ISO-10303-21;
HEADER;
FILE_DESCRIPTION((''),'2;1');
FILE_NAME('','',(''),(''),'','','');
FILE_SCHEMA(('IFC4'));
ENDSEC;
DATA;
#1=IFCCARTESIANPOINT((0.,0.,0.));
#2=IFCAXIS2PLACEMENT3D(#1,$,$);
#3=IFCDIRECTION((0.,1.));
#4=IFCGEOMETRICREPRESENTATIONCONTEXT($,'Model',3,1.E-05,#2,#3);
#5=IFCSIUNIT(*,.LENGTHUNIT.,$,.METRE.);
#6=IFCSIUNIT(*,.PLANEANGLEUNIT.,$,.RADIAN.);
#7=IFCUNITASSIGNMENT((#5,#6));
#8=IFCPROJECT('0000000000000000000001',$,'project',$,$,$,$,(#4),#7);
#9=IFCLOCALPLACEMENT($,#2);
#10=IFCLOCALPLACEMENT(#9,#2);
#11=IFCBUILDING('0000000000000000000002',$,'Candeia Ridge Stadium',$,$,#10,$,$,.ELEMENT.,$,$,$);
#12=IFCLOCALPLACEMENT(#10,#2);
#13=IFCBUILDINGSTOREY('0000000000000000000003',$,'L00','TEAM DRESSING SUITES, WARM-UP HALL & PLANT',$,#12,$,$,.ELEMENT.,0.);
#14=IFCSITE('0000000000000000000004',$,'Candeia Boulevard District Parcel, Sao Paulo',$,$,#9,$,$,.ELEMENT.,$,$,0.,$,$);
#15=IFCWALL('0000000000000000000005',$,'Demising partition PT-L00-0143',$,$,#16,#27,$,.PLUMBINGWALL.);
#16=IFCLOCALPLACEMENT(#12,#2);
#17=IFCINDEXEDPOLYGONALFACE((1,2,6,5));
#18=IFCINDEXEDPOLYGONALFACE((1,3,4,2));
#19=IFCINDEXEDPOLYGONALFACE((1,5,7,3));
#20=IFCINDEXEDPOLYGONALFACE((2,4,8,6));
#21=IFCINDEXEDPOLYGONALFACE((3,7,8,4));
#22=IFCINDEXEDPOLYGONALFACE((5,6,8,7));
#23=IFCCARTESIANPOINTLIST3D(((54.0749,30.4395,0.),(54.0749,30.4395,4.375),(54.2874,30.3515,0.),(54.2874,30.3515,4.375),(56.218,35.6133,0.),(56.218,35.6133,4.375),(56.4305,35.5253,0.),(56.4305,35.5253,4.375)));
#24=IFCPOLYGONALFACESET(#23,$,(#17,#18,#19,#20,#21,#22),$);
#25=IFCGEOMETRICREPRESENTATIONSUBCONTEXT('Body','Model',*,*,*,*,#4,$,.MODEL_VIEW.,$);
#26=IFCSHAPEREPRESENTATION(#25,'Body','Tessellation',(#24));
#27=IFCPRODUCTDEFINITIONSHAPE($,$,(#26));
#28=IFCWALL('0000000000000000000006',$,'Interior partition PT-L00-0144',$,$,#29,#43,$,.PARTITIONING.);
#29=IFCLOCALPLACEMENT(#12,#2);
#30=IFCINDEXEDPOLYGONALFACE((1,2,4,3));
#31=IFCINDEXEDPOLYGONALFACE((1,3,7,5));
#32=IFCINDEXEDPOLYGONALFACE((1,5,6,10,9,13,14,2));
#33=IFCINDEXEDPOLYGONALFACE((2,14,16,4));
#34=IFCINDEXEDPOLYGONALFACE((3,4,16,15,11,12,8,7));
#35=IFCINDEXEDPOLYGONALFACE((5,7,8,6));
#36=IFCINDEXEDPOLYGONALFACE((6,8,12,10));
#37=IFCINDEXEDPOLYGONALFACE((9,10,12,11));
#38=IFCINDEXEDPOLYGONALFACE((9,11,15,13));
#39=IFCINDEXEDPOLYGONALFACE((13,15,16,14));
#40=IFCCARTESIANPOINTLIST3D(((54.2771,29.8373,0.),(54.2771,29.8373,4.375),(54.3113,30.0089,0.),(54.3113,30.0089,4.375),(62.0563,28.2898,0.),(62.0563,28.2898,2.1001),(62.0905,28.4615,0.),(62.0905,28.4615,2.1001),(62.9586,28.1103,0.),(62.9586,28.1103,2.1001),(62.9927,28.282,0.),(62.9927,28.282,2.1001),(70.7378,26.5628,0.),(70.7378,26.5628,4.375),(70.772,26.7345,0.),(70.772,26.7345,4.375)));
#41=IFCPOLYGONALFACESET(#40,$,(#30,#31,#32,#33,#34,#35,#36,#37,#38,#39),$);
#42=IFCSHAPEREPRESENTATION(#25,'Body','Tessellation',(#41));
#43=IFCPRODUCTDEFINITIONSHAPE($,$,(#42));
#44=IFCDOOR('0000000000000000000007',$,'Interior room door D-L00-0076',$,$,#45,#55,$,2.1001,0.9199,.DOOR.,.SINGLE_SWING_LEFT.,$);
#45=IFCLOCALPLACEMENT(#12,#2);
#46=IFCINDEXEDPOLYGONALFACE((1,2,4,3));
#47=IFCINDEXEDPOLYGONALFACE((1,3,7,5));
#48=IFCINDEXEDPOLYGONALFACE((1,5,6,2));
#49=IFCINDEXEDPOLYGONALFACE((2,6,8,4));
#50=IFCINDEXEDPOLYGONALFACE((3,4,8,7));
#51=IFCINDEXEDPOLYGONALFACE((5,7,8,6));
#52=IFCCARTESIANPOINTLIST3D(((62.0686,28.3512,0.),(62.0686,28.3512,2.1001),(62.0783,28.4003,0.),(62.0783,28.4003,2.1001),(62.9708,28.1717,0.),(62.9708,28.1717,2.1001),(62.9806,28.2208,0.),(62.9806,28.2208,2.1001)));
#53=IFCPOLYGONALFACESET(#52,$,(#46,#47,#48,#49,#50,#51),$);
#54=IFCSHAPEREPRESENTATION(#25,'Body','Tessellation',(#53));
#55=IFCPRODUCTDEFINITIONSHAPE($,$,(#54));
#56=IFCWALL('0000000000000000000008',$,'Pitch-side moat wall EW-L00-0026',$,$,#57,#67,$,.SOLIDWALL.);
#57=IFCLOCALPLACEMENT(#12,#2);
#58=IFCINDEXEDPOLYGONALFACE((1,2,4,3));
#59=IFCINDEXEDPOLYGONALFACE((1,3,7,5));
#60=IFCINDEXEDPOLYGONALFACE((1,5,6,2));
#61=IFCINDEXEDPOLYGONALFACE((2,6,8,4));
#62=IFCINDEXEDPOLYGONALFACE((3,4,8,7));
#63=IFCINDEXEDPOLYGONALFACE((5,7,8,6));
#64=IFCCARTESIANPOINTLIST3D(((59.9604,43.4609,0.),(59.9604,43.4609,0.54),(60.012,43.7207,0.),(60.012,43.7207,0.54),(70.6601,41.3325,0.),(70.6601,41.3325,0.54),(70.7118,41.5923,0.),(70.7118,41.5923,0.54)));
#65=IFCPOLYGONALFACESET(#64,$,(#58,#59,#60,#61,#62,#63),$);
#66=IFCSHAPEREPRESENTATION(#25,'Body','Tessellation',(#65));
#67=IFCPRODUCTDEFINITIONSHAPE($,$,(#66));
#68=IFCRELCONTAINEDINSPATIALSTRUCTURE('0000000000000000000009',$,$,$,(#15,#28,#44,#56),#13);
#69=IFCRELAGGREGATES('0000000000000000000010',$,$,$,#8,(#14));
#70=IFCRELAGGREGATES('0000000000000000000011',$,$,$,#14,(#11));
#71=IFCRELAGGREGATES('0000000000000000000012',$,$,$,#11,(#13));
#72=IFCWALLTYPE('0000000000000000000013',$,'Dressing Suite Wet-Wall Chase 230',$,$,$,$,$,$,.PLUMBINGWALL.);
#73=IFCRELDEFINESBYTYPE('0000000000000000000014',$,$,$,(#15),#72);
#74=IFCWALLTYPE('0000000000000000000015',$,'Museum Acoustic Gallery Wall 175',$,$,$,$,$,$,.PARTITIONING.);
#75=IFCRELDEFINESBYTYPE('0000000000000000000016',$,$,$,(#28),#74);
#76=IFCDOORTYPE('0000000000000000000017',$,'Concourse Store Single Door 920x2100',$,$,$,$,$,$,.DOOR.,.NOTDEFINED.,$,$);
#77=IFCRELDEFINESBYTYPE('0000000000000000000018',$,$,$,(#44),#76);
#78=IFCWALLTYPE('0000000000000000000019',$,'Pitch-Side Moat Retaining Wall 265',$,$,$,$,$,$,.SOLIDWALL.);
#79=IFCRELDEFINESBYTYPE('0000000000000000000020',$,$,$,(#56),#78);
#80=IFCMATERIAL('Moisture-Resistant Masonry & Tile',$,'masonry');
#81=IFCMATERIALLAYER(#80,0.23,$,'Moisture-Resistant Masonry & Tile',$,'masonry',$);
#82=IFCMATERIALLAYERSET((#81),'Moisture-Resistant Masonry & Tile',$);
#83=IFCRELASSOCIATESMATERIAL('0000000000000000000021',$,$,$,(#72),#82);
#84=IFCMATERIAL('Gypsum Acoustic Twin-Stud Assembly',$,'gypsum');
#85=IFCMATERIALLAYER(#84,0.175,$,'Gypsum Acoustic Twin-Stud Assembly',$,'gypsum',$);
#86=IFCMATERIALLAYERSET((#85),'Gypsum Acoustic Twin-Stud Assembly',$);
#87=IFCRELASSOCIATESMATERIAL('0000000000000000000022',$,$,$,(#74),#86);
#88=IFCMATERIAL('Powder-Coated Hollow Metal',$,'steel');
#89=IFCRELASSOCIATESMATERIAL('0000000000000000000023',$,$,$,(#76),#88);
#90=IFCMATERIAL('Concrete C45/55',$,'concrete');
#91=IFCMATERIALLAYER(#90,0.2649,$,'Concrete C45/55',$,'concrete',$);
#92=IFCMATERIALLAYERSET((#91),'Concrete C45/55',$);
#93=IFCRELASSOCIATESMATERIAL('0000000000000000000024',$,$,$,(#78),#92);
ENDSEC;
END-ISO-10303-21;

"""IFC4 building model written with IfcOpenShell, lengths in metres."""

from ifc_helpers import new_model, si_unit, direction, frame, frame_2d, origin, place, context, subcontext, project, spatial, rectangle, extrude, material, layer, layer_set, type_object, element, fill, save


model = new_model("IFC4")

# Units and contexts
model_context = context("Model", 3, precision=1e-05, world=origin(), true_north=direction((0.0, 1.0)))
body_context = subcontext(model_context, "Body", "Model", "MODEL_VIEW")
ifc_project = project(units=[si_unit("LENGTHUNIT", "METRE"), si_unit("PLANEANGLEUNIT", "RADIAN")], contexts=[model_context])

# Site, building, storey
site_placement = place(None, origin())
site = spatial("IfcSite", under=ifc_project, at=site_placement, Name="Candeia Boulevard District Parcel, Sao Paulo", CompositionType="ELEMENT", RefElevation=0.0)
building_placement = place(site_placement, origin())
building = spatial("IfcBuilding", under=site, at=building_placement, Name="Candeia Ridge Stadium", CompositionType="ELEMENT")
storey_placement = place(building_placement, origin())
storey = spatial("IfcBuildingStorey", under=building, at=storey_placement, Name="L00", Description="TEAM DRESSING SUITES, WARM-UP HALL & PLANT", CompositionType="ELEMENT", Elevation=0.0)

# Shared definitions
ifc_material_1 = material(Name="Concrete C45/55", Category="concrete")

# Wall
ifc_material_2 = material(Name="Gypsum Acoustic Twin-Stud Assembly", Category="gypsum")
ifc_material_3 = material(Name="Moisture-Resistant Masonry & Tile", Category="masonry")
ifc_layer_1 = layer(ifc_material_3, 0.23, Name="Moisture-Resistant Masonry & Tile", Category="masonry")
ifc_layer_set_1 = layer_set([ifc_layer_1], Name="Moisture-Resistant Masonry & Tile")
wall_type_1 = type_object("IfcWallType", Name="Dressing Suite Wet-Wall Chase 230", PredefinedType="PLUMBINGWALL", material=ifc_layer_set_1)
wall_1_placement = place(storey_placement, frame((56.3242, 35.5693, 0.0), z_axis=(0.0, 0.0, 1.0), x_axis=(-0.382683, -0.92388, 0.0)))
element("IfcWall", 1, at=wall_1_placement, inside=storey, type_object=wall_type_1, Name="Demising partition PT-L00-0143", PredefinedType="PLUMBINGWALL", context=body_context, shape_type="SweptSolid", body=[
    extrude(rectangle(XDim=5.6001, YDim=0.23, at=frame_2d((2.8, 0.0))), origin(), (0.0, 0.0, 1.0), 4.375),
])

# Wall, opening, door
ifc_layer_2 = layer(ifc_material_2, 0.175, Name="Gypsum Acoustic Twin-Stud Assembly", Category="gypsum")
ifc_layer_set_2 = layer_set([ifc_layer_2], Name="Gypsum Acoustic Twin-Stud Assembly")
wall_type_2 = type_object("IfcWallType", Name="Museum Acoustic Gallery Wall 175", PredefinedType="PARTITIONING", material=ifc_layer_set_2)
wall_2_placement = place(storey_placement, frame((70.7549, 26.6487, 0.0), z_axis=(0.0, 0.0, 1.0), x_axis=(-0.980783, 0.195101, 0.0)))
wall_2 = element("IfcWall", 2, at=wall_2_placement, inside=storey, type_object=wall_type_2, Name="Interior partition PT-L00-0144", PredefinedType="PARTITIONING", context=body_context, shape_type="SweptSolid", body=[
    extrude(rectangle(XDim=16.7832, YDim=0.175, at=frame_2d((8.3916, 0.0))), origin(), (0.0, 0.0, 1.0), 4.375),
])
opening_placement = place(wall_2_placement, frame((7.9316, 0.0, 0.0)))
opening = element("IfcOpeningElement", 3, at=opening_placement, cuts=wall_2, PredefinedType="OPENING", context=body_context, shape_type="SweptSolid", body=[
    extrude(rectangle(XDim=0.9199, YDim=2.1001, at=frame_2d((0.46, 1.05))), frame((0.0, 0.0974, 0.0), z_axis=(0.0, -1.0, 0.0), x_axis=(1.0, 0.0, 0.0)), (0.0, 0.0, 1.0), 0.1951),
])
ifc_material_4 = material(Name="Powder-Coated Hollow Metal", Category="steel")
door_type = type_object("IfcDoorType", Name="Concourse Store Single Door 920x2100", OperationType="NOTDEFINED", PredefinedType="DOOR", material=ifc_material_4)
door_placement = place(opening_placement, origin())
door = element("IfcDoor", 4, at=door_placement, inside=storey, type_object=door_type, Name="Interior room door D-L00-0076", OperationType="SINGLE_SWING_LEFT", OverallHeight=2.1001, OverallWidth=0.9199, PredefinedType="DOOR", context=body_context, shape_type="SweptSolid", body=[
    extrude(rectangle(XDim=0.9199, YDim=2.1001, at=frame_2d((0.46, 1.05))), frame((0.0, 0.0249, 0.0), z_axis=(0.0, -1.0, 0.0), x_axis=(1.0, 0.0, 0.0)), (0.0, 0.0, 1.0), 0.05),
])
fill(opening, door)

# Wall
ifc_layer_3 = layer(ifc_material_1, 0.2649, Name="Concrete C45/55", Category="concrete")
ifc_layer_set_3 = layer_set([ifc_layer_3], Name="Concrete C45/55")
wall_type_3 = type_object("IfcWallType", Name="Pitch-Side Moat Retaining Wall 265", PredefinedType="SOLIDWALL", material=ifc_layer_set_3)
wall_3_placement = place(storey_placement, frame((59.9863, 43.5908, 0.0), z_axis=(0.0, 0.0, 1.0), x_axis=(0.980783, -0.1951, 0.0)))
element("IfcWall", 5, at=wall_3_placement, inside=storey, type_object=wall_type_3, Name="Pitch-side moat wall EW-L00-0026", PredefinedType="SOLIDWALL", context=body_context, shape_type="SweptSolid", body=[
    extrude(rectangle(XDim=10.9094, YDim=0.2649, at=frame_2d((5.4546, 0.0))), origin(), (0.0, 0.0, 1.0), 0.54),
])

save(model, "model.ifc")
